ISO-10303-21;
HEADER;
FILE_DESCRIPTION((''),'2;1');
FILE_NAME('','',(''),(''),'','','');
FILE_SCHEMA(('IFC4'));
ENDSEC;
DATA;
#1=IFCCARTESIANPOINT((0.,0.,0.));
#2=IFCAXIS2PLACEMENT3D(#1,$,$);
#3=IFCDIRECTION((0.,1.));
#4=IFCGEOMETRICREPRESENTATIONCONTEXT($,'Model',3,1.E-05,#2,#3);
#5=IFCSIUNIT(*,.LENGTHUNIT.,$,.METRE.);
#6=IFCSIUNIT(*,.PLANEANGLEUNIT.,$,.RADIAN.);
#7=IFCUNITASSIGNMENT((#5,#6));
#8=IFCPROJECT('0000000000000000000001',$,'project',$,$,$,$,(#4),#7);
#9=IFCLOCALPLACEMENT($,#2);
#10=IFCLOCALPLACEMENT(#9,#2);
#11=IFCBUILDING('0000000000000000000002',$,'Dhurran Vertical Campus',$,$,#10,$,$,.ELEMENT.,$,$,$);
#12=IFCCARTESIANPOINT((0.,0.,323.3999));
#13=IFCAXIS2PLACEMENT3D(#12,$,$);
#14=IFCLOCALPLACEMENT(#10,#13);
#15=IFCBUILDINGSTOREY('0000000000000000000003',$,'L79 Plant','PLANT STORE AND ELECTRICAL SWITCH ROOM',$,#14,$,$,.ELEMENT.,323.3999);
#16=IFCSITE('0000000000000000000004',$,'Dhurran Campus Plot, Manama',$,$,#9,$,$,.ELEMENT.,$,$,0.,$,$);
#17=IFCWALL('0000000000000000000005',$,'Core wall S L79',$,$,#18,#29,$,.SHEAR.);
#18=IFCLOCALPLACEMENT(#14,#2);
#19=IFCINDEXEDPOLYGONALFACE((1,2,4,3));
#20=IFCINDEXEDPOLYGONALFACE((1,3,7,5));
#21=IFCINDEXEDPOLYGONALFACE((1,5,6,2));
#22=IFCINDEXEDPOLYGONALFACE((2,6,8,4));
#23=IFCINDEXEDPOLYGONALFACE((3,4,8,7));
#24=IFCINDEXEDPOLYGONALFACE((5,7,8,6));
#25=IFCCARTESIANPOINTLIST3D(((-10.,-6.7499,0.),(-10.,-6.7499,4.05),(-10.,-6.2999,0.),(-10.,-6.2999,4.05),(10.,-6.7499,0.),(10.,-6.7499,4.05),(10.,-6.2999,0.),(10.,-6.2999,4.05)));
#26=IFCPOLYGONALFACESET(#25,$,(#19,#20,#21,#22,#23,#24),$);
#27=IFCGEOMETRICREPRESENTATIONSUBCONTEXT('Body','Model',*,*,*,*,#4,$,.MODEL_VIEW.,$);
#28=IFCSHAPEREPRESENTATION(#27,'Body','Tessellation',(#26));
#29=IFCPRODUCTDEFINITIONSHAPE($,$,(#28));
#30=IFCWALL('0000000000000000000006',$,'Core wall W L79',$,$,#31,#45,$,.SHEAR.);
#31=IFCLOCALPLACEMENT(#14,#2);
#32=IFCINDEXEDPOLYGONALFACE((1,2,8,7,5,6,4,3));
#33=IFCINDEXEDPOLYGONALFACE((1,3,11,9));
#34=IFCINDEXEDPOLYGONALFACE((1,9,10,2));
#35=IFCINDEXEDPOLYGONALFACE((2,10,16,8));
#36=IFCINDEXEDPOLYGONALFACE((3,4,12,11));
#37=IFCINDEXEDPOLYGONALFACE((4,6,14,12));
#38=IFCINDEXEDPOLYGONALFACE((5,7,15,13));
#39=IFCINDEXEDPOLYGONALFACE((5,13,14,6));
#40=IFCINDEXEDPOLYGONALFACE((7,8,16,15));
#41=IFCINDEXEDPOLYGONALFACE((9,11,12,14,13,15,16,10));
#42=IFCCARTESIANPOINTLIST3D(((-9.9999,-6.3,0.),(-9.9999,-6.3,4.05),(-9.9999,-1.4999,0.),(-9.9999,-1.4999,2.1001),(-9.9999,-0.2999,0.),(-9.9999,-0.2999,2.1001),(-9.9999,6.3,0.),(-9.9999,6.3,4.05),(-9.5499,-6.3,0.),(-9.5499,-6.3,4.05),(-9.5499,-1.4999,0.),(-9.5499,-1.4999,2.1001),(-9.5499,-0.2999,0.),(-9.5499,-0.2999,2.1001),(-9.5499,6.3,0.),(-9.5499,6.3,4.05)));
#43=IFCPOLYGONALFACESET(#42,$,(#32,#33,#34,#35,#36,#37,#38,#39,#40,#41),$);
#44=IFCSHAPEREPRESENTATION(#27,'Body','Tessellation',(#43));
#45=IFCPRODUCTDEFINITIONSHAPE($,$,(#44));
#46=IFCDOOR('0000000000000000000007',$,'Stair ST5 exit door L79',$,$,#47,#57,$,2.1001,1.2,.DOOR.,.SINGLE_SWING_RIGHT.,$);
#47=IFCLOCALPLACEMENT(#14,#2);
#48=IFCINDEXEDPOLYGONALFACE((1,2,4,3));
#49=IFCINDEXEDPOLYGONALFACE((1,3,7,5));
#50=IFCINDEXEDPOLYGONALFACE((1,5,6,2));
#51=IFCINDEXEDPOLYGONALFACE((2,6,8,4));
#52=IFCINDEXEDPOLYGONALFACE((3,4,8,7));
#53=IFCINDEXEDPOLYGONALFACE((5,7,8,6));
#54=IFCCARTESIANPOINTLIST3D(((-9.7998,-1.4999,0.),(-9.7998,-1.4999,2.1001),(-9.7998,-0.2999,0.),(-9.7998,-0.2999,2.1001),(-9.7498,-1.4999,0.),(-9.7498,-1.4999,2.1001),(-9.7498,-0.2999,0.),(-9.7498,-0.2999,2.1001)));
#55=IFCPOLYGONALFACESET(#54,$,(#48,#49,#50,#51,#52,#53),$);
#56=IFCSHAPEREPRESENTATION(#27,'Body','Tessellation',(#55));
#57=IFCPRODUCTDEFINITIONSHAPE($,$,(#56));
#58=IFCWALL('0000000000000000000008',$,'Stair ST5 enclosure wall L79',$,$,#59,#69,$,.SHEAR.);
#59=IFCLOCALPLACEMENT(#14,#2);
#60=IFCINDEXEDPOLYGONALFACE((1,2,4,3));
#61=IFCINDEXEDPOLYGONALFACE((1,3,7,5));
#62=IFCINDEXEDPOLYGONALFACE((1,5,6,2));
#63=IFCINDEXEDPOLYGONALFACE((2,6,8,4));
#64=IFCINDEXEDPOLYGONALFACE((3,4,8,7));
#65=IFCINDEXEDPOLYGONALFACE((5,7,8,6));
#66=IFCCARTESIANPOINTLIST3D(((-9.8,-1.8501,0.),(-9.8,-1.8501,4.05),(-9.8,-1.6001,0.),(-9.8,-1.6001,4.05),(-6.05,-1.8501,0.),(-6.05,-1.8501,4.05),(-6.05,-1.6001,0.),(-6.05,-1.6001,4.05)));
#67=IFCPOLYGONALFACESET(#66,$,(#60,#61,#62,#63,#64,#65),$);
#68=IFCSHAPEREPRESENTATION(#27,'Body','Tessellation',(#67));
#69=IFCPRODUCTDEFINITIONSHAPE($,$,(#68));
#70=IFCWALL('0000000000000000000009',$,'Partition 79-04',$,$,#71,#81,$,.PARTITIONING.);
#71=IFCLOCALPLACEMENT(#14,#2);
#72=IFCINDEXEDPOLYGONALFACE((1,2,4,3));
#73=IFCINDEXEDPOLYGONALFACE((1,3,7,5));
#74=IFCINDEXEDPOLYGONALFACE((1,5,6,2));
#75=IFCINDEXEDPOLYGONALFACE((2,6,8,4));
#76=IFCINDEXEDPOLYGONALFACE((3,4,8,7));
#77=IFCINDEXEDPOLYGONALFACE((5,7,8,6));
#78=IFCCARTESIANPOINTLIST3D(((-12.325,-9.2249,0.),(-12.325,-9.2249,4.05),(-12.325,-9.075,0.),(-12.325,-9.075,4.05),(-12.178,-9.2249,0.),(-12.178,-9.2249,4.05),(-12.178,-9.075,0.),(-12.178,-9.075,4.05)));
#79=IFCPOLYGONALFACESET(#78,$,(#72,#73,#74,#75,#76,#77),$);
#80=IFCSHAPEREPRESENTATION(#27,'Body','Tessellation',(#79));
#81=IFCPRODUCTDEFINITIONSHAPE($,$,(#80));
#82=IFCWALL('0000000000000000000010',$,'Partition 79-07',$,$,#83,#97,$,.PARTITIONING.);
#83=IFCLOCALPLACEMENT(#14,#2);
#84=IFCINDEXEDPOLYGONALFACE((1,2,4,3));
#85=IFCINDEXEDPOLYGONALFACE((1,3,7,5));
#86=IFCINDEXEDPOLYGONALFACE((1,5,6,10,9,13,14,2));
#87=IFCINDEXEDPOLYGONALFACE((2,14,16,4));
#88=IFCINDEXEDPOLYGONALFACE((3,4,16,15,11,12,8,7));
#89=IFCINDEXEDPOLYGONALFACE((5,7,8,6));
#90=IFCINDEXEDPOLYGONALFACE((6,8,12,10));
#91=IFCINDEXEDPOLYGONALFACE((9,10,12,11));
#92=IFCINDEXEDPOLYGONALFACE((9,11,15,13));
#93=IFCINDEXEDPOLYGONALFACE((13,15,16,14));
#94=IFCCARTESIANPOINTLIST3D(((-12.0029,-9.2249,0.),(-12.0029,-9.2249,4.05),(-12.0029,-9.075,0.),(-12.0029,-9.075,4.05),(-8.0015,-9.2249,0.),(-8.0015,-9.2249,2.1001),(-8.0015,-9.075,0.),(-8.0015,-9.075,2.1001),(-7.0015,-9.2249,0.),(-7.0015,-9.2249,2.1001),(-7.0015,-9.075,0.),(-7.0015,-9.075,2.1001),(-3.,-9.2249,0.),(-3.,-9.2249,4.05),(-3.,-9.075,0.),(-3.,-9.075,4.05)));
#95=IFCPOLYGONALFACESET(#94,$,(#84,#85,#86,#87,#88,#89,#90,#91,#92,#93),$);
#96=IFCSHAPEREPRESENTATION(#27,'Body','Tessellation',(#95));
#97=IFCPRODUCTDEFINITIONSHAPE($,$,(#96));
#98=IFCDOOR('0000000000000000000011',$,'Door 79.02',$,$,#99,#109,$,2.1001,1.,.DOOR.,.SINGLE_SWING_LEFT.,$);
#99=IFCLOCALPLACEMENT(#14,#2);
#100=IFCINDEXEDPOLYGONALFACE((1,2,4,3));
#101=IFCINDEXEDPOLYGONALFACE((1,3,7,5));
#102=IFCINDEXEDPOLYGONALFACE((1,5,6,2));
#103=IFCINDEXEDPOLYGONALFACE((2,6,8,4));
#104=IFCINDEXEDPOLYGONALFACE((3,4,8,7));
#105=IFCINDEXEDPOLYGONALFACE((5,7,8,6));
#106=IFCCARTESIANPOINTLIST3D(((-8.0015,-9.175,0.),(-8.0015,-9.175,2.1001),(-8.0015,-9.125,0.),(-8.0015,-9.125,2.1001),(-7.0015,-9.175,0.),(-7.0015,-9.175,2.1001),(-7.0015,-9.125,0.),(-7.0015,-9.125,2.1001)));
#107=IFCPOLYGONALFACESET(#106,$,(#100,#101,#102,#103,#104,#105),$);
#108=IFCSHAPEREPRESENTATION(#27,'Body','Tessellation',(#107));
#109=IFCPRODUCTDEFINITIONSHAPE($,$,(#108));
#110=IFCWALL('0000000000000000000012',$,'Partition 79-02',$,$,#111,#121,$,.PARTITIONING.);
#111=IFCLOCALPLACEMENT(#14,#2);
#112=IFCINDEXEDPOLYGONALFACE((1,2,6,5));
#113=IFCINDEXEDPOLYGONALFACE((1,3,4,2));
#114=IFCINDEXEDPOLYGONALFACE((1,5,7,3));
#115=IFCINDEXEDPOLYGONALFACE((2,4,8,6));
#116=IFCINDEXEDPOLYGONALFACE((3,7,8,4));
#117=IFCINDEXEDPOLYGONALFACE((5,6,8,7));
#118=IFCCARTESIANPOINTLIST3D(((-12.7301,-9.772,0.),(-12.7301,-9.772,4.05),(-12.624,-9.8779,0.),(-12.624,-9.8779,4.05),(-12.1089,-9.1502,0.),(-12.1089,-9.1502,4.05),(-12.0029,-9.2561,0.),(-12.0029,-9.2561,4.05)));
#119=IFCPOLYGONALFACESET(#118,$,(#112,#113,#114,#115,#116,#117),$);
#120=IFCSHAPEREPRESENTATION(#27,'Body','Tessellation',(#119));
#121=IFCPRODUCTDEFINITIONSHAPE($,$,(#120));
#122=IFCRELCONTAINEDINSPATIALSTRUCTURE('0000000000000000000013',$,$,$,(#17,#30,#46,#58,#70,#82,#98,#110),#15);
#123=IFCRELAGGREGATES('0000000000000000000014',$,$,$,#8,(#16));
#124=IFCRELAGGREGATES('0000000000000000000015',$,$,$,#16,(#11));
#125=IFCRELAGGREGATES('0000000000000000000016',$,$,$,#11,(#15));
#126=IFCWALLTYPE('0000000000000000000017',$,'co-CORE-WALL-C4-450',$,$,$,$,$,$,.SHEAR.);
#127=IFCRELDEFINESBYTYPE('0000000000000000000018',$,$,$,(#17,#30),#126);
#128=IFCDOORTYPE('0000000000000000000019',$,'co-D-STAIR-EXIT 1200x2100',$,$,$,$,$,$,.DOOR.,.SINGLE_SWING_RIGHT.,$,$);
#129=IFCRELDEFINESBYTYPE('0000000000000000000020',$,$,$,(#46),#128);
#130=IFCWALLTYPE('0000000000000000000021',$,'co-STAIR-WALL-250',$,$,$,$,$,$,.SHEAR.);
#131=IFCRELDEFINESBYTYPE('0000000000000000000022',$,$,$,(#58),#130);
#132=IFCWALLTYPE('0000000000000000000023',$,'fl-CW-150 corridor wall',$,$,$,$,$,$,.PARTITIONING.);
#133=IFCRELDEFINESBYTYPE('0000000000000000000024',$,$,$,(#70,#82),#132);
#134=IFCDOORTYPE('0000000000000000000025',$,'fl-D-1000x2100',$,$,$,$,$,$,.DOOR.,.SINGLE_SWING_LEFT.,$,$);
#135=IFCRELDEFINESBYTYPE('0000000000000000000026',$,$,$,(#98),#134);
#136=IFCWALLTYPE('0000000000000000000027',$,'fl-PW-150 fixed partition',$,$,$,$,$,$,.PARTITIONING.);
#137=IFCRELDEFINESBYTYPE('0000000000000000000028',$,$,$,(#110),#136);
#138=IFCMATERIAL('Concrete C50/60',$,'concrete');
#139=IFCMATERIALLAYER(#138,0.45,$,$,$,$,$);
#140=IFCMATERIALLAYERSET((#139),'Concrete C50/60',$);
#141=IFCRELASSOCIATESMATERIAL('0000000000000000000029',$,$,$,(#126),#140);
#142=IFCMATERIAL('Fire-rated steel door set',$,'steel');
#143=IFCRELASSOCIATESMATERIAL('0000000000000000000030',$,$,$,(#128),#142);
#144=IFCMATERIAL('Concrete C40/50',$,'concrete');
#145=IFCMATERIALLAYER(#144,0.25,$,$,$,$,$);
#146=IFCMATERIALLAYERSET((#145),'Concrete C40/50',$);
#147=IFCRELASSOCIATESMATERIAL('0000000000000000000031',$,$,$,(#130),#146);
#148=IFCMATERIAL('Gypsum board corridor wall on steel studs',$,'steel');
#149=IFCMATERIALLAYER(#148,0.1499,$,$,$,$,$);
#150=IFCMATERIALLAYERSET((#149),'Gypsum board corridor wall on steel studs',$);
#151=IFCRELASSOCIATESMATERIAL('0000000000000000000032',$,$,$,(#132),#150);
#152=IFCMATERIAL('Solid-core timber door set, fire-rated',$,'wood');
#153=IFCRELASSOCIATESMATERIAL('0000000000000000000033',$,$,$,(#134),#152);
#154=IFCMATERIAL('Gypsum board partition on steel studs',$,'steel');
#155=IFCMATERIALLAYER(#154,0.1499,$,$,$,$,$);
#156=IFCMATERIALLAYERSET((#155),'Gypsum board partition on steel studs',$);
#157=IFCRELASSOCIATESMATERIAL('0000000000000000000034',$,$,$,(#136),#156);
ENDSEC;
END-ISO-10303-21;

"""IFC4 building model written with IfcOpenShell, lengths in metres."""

from ifc_helpers import new_model, si_unit, direction, frame, frame_2d, origin, place, context, subcontext, project, spatial, rectangle, extrude, material, layer, layer_set, type_object, element, fill, save


model = new_model("IFC4")

# Units and contexts
model_context = context("Model", 3, precision=1e-05, world=origin(), true_north=direction((0.0, 1.0)))
body_context = subcontext(model_context, "Body", "Model", "MODEL_VIEW")
ifc_project = project(units=[si_unit("LENGTHUNIT", "METRE"), si_unit("PLANEANGLEUNIT", "RADIAN")], contexts=[model_context])

# Site, building, storey
site_placement = place(None, origin())
site = spatial("IfcSite", under=ifc_project, at=site_placement, Name="Dhurran Campus Plot, Manama", CompositionType="ELEMENT", RefElevation=0.0)
building_placement = place(site_placement, origin())
building = spatial("IfcBuilding", under=site, at=building_placement, Name="Dhurran Vertical Campus", CompositionType="ELEMENT")
storey_placement = place(building_placement, frame((0.0, 0.0, 323.3999)))
storey = spatial("IfcBuildingStorey", under=building, at=storey_placement, Name="L79 Plant", Description="PLANT STORE AND ELECTRICAL SWITCH ROOM", CompositionType="ELEMENT", Elevation=323.3999)

# Wall
ifc_material_1 = material(Name="Concrete C50/60", Category="concrete")
ifc_layer_1 = layer(ifc_material_1, 0.45)
ifc_layer_set_1 = layer_set([ifc_layer_1], Name="Concrete C50/60")
wall_type_1 = type_object("IfcWallType", Name="co-CORE-WALL-C4-450", PredefinedType="SHEAR", material=ifc_layer_set_1)
wall_1_placement = place(storey_placement, frame((-10.0, -6.5249, 0.0), z_axis=(0.0, 0.0, 1.0), x_axis=(1.0, 0.0, 0.0)))
element("IfcWall", 1, at=wall_1_placement, inside=storey, type_object=wall_type_1, Name="Core wall S L79", PredefinedType="SHEAR", context=body_context, shape_type="SweptSolid", body=[
    extrude(rectangle(XDim=20.0, YDim=0.45, at=frame_2d((10.0, 0.0))), origin(), (0.0, 0.0, 1.0), 4.05),
])

# Wall, opening, door
wall_2_placement = place(storey_placement, frame((-9.7749, -6.3, 0.0), z_axis=(0.0, 0.0, 1.0), x_axis=(0.0, 1.0, 0.0)))
wall_2 = element("IfcWall", 2, at=wall_2_placement, inside=storey, type_object=wall_type_1, Name="Core wall W L79", PredefinedType="SHEAR", context=body_context, shape_type="SweptSolid", body=[
    extrude(rectangle(XDim=12.6001, YDim=0.45, at=frame_2d((6.3, 0.0))), origin(), (0.0, 0.0, 1.0), 4.05),
])
opening_1_placement = place(wall_2_placement, frame((4.8, 0.0, 0.0)))
opening_1 = element("IfcOpeningElement", 3, at=opening_1_placement, cuts=wall_2, PredefinedType="OPENING", context=body_context, shape_type="SweptSolid", body=[
    extrude(rectangle(XDim=1.2, YDim=2.1001, at=frame_2d((0.6001, 1.05))), frame((0.0, 0.2349, 0.0), z_axis=(0.0, -1.0, 0.0), x_axis=(1.0, 0.0, 0.0)), (0.0, 0.0, 1.0), 0.47),
])
ifc_material_2 = material(Name="Fire-rated steel door set", Category="steel")
door_type_1 = type_object("IfcDoorType", Name="co-D-STAIR-EXIT 1200x2100", OperationType="SINGLE_SWING_RIGHT", PredefinedType="DOOR", material=ifc_material_2)
door_1_placement = place(opening_1_placement, origin())
door_1 = element("IfcDoor", 4, at=door_1_placement, inside=storey, type_object=door_type_1, Name="Stair ST5 exit door L79", OperationType="SINGLE_SWING_RIGHT", OverallHeight=2.1001, OverallWidth=1.2, PredefinedType="DOOR", context=body_context, shape_type="SweptSolid", body=[
    extrude(rectangle(XDim=1.2, YDim=2.1001, at=frame_2d((0.6001, 1.05))), frame((0.0, 0.0249, 0.0), z_axis=(0.0, -1.0, 0.0), x_axis=(1.0, 0.0, 0.0)), (0.0, 0.0, 1.0), 0.05),
])
fill(opening_1, door_1)

# Walls
ifc_material_3 = material(Name="Concrete C40/50", Category="concrete")
ifc_layer_2 = layer(ifc_material_3, 0.25)
ifc_layer_set_2 = layer_set([ifc_layer_2], Name="Concrete C40/50")
wall_type_2 = type_object("IfcWallType", Name="co-STAIR-WALL-250", PredefinedType="SHEAR", material=ifc_layer_set_2)
wall_3_placement = place(storey_placement, frame((-9.8, -1.7251, 0.0), z_axis=(0.0, 0.0, 1.0), x_axis=(1.0, 0.0, 0.0)))
element("IfcWall", 5, at=wall_3_placement, inside=storey, type_object=wall_type_2, Name="Stair ST5 enclosure wall L79", PredefinedType="SHEAR", context=body_context, shape_type="SweptSolid", body=[
    extrude(rectangle(XDim=3.75, YDim=0.25, at=frame_2d((1.875, 0.0))), origin(), (0.0, 0.0, 1.0), 4.05),
])
ifc_material_4 = material(Name="Gypsum board corridor wall on steel studs", Category="steel")
ifc_layer_3 = layer(ifc_material_4, 0.1499)
ifc_layer_set_3 = layer_set([ifc_layer_3], Name="Gypsum board corridor wall on steel studs")
wall_type_3 = type_object("IfcWallType", Name="fl-CW-150 corridor wall", PredefinedType="PARTITIONING", material=ifc_layer_set_3)
wall_4_placement = place(storey_placement, frame((-12.325, -9.1499, 0.0), z_axis=(0.0, 0.0, 1.0), x_axis=(1.0, 0.0, 0.0)))
element("IfcWall", 6, at=wall_4_placement, inside=storey, type_object=wall_type_3, Name="Partition 79-04", PredefinedType="PARTITIONING", context=body_context, shape_type="SweptSolid", body=[
    extrude(rectangle(XDim=0.147, YDim=0.1499, at=frame_2d((0.0735, 0.0))), origin(), (0.0, 0.0, 1.0), 4.05),
])

# Wall, opening, door
wall_5_placement = place(storey_placement, frame((-12.0029, -9.1499, 0.0), z_axis=(0.0, 0.0, 1.0), x_axis=(1.0, 0.0, 0.0)))
wall_5 = element("IfcWall", 7, at=wall_5_placement, inside=storey, type_object=wall_type_3, Name="Partition 79-07", PredefinedType="PARTITIONING", context=body_context, shape_type="SweptSolid", body=[
    extrude(rectangle(XDim=9.0029, YDim=0.1499, at=frame_2d((4.5015, 0.0))), origin(), (0.0, 0.0, 1.0), 4.05),
])
opening_2_placement = place(wall_5_placement, frame((4.0015, 0.0, 0.0)))
opening_2 = element("IfcOpeningElement", 8, at=opening_2_placement, cuts=wall_5, PredefinedType="OPENING", context=body_context, shape_type="SweptSolid", body=[
    extrude(rectangle(XDim=1.0, YDim=2.1001, at=frame_2d((0.5, 1.05))), frame((0.0, 0.085, 0.0), z_axis=(0.0, -1.0, 0.0), x_axis=(1.0, 0.0, 0.0)), (0.0, 0.0, 1.0), 0.1699),
])
ifc_material_5 = material(Name="Solid-core timber door set, fire-rated", Category="wood")
door_type_2 = type_object("IfcDoorType", Name="fl-D-1000x2100", OperationType="SINGLE_SWING_LEFT", PredefinedType="DOOR", material=ifc_material_5)
door_2_placement = place(opening_2_placement, origin())
door_2 = element("IfcDoor", 9, at=door_2_placement, inside=storey, type_object=door_type_2, Name="Door 79.02", OperationType="SINGLE_SWING_LEFT", OverallHeight=2.1001, OverallWidth=1.0, PredefinedType="DOOR", context=body_context, shape_type="SweptSolid", body=[
    extrude(rectangle(XDim=1.0, YDim=2.1001, at=frame_2d((0.5, 1.05))), frame((0.0, 0.0249, 0.0), z_axis=(0.0, -1.0, 0.0), x_axis=(1.0, 0.0, 0.0)), (0.0, 0.0, 1.0), 0.05),
])
fill(opening_2, door_2)

# Wall
ifc_material_6 = material(Name="Gypsum board partition on steel studs", Category="steel")
ifc_layer_4 = layer(ifc_material_6, 0.1499)
ifc_layer_set_4 = layer_set([ifc_layer_4], Name="Gypsum board partition on steel studs")
wall_type_4 = type_object("IfcWallType", Name="fl-PW-150 fixed partition", PredefinedType="PARTITIONING", material=ifc_layer_set_4)
wall_6_placement = place(storey_placement, frame((-12.0559, -9.2031, 0.0), z_axis=(0.0, 0.0, 1.0), x_axis=(-0.70669, -0.707523, 0.0)))
element("IfcWall", 10, at=wall_6_placement, inside=storey, type_object=wall_type_4, Name="Partition 79-02", PredefinedType="PARTITIONING", context=body_context, shape_type="SweptSolid", body=[
    extrude(rectangle(XDim=0.8789, YDim=0.1499, at=frame_2d((0.4395, 0.0))), origin(), (0.0, 0.0, 1.0), 4.05),
])

save(model, "model.ifc")
